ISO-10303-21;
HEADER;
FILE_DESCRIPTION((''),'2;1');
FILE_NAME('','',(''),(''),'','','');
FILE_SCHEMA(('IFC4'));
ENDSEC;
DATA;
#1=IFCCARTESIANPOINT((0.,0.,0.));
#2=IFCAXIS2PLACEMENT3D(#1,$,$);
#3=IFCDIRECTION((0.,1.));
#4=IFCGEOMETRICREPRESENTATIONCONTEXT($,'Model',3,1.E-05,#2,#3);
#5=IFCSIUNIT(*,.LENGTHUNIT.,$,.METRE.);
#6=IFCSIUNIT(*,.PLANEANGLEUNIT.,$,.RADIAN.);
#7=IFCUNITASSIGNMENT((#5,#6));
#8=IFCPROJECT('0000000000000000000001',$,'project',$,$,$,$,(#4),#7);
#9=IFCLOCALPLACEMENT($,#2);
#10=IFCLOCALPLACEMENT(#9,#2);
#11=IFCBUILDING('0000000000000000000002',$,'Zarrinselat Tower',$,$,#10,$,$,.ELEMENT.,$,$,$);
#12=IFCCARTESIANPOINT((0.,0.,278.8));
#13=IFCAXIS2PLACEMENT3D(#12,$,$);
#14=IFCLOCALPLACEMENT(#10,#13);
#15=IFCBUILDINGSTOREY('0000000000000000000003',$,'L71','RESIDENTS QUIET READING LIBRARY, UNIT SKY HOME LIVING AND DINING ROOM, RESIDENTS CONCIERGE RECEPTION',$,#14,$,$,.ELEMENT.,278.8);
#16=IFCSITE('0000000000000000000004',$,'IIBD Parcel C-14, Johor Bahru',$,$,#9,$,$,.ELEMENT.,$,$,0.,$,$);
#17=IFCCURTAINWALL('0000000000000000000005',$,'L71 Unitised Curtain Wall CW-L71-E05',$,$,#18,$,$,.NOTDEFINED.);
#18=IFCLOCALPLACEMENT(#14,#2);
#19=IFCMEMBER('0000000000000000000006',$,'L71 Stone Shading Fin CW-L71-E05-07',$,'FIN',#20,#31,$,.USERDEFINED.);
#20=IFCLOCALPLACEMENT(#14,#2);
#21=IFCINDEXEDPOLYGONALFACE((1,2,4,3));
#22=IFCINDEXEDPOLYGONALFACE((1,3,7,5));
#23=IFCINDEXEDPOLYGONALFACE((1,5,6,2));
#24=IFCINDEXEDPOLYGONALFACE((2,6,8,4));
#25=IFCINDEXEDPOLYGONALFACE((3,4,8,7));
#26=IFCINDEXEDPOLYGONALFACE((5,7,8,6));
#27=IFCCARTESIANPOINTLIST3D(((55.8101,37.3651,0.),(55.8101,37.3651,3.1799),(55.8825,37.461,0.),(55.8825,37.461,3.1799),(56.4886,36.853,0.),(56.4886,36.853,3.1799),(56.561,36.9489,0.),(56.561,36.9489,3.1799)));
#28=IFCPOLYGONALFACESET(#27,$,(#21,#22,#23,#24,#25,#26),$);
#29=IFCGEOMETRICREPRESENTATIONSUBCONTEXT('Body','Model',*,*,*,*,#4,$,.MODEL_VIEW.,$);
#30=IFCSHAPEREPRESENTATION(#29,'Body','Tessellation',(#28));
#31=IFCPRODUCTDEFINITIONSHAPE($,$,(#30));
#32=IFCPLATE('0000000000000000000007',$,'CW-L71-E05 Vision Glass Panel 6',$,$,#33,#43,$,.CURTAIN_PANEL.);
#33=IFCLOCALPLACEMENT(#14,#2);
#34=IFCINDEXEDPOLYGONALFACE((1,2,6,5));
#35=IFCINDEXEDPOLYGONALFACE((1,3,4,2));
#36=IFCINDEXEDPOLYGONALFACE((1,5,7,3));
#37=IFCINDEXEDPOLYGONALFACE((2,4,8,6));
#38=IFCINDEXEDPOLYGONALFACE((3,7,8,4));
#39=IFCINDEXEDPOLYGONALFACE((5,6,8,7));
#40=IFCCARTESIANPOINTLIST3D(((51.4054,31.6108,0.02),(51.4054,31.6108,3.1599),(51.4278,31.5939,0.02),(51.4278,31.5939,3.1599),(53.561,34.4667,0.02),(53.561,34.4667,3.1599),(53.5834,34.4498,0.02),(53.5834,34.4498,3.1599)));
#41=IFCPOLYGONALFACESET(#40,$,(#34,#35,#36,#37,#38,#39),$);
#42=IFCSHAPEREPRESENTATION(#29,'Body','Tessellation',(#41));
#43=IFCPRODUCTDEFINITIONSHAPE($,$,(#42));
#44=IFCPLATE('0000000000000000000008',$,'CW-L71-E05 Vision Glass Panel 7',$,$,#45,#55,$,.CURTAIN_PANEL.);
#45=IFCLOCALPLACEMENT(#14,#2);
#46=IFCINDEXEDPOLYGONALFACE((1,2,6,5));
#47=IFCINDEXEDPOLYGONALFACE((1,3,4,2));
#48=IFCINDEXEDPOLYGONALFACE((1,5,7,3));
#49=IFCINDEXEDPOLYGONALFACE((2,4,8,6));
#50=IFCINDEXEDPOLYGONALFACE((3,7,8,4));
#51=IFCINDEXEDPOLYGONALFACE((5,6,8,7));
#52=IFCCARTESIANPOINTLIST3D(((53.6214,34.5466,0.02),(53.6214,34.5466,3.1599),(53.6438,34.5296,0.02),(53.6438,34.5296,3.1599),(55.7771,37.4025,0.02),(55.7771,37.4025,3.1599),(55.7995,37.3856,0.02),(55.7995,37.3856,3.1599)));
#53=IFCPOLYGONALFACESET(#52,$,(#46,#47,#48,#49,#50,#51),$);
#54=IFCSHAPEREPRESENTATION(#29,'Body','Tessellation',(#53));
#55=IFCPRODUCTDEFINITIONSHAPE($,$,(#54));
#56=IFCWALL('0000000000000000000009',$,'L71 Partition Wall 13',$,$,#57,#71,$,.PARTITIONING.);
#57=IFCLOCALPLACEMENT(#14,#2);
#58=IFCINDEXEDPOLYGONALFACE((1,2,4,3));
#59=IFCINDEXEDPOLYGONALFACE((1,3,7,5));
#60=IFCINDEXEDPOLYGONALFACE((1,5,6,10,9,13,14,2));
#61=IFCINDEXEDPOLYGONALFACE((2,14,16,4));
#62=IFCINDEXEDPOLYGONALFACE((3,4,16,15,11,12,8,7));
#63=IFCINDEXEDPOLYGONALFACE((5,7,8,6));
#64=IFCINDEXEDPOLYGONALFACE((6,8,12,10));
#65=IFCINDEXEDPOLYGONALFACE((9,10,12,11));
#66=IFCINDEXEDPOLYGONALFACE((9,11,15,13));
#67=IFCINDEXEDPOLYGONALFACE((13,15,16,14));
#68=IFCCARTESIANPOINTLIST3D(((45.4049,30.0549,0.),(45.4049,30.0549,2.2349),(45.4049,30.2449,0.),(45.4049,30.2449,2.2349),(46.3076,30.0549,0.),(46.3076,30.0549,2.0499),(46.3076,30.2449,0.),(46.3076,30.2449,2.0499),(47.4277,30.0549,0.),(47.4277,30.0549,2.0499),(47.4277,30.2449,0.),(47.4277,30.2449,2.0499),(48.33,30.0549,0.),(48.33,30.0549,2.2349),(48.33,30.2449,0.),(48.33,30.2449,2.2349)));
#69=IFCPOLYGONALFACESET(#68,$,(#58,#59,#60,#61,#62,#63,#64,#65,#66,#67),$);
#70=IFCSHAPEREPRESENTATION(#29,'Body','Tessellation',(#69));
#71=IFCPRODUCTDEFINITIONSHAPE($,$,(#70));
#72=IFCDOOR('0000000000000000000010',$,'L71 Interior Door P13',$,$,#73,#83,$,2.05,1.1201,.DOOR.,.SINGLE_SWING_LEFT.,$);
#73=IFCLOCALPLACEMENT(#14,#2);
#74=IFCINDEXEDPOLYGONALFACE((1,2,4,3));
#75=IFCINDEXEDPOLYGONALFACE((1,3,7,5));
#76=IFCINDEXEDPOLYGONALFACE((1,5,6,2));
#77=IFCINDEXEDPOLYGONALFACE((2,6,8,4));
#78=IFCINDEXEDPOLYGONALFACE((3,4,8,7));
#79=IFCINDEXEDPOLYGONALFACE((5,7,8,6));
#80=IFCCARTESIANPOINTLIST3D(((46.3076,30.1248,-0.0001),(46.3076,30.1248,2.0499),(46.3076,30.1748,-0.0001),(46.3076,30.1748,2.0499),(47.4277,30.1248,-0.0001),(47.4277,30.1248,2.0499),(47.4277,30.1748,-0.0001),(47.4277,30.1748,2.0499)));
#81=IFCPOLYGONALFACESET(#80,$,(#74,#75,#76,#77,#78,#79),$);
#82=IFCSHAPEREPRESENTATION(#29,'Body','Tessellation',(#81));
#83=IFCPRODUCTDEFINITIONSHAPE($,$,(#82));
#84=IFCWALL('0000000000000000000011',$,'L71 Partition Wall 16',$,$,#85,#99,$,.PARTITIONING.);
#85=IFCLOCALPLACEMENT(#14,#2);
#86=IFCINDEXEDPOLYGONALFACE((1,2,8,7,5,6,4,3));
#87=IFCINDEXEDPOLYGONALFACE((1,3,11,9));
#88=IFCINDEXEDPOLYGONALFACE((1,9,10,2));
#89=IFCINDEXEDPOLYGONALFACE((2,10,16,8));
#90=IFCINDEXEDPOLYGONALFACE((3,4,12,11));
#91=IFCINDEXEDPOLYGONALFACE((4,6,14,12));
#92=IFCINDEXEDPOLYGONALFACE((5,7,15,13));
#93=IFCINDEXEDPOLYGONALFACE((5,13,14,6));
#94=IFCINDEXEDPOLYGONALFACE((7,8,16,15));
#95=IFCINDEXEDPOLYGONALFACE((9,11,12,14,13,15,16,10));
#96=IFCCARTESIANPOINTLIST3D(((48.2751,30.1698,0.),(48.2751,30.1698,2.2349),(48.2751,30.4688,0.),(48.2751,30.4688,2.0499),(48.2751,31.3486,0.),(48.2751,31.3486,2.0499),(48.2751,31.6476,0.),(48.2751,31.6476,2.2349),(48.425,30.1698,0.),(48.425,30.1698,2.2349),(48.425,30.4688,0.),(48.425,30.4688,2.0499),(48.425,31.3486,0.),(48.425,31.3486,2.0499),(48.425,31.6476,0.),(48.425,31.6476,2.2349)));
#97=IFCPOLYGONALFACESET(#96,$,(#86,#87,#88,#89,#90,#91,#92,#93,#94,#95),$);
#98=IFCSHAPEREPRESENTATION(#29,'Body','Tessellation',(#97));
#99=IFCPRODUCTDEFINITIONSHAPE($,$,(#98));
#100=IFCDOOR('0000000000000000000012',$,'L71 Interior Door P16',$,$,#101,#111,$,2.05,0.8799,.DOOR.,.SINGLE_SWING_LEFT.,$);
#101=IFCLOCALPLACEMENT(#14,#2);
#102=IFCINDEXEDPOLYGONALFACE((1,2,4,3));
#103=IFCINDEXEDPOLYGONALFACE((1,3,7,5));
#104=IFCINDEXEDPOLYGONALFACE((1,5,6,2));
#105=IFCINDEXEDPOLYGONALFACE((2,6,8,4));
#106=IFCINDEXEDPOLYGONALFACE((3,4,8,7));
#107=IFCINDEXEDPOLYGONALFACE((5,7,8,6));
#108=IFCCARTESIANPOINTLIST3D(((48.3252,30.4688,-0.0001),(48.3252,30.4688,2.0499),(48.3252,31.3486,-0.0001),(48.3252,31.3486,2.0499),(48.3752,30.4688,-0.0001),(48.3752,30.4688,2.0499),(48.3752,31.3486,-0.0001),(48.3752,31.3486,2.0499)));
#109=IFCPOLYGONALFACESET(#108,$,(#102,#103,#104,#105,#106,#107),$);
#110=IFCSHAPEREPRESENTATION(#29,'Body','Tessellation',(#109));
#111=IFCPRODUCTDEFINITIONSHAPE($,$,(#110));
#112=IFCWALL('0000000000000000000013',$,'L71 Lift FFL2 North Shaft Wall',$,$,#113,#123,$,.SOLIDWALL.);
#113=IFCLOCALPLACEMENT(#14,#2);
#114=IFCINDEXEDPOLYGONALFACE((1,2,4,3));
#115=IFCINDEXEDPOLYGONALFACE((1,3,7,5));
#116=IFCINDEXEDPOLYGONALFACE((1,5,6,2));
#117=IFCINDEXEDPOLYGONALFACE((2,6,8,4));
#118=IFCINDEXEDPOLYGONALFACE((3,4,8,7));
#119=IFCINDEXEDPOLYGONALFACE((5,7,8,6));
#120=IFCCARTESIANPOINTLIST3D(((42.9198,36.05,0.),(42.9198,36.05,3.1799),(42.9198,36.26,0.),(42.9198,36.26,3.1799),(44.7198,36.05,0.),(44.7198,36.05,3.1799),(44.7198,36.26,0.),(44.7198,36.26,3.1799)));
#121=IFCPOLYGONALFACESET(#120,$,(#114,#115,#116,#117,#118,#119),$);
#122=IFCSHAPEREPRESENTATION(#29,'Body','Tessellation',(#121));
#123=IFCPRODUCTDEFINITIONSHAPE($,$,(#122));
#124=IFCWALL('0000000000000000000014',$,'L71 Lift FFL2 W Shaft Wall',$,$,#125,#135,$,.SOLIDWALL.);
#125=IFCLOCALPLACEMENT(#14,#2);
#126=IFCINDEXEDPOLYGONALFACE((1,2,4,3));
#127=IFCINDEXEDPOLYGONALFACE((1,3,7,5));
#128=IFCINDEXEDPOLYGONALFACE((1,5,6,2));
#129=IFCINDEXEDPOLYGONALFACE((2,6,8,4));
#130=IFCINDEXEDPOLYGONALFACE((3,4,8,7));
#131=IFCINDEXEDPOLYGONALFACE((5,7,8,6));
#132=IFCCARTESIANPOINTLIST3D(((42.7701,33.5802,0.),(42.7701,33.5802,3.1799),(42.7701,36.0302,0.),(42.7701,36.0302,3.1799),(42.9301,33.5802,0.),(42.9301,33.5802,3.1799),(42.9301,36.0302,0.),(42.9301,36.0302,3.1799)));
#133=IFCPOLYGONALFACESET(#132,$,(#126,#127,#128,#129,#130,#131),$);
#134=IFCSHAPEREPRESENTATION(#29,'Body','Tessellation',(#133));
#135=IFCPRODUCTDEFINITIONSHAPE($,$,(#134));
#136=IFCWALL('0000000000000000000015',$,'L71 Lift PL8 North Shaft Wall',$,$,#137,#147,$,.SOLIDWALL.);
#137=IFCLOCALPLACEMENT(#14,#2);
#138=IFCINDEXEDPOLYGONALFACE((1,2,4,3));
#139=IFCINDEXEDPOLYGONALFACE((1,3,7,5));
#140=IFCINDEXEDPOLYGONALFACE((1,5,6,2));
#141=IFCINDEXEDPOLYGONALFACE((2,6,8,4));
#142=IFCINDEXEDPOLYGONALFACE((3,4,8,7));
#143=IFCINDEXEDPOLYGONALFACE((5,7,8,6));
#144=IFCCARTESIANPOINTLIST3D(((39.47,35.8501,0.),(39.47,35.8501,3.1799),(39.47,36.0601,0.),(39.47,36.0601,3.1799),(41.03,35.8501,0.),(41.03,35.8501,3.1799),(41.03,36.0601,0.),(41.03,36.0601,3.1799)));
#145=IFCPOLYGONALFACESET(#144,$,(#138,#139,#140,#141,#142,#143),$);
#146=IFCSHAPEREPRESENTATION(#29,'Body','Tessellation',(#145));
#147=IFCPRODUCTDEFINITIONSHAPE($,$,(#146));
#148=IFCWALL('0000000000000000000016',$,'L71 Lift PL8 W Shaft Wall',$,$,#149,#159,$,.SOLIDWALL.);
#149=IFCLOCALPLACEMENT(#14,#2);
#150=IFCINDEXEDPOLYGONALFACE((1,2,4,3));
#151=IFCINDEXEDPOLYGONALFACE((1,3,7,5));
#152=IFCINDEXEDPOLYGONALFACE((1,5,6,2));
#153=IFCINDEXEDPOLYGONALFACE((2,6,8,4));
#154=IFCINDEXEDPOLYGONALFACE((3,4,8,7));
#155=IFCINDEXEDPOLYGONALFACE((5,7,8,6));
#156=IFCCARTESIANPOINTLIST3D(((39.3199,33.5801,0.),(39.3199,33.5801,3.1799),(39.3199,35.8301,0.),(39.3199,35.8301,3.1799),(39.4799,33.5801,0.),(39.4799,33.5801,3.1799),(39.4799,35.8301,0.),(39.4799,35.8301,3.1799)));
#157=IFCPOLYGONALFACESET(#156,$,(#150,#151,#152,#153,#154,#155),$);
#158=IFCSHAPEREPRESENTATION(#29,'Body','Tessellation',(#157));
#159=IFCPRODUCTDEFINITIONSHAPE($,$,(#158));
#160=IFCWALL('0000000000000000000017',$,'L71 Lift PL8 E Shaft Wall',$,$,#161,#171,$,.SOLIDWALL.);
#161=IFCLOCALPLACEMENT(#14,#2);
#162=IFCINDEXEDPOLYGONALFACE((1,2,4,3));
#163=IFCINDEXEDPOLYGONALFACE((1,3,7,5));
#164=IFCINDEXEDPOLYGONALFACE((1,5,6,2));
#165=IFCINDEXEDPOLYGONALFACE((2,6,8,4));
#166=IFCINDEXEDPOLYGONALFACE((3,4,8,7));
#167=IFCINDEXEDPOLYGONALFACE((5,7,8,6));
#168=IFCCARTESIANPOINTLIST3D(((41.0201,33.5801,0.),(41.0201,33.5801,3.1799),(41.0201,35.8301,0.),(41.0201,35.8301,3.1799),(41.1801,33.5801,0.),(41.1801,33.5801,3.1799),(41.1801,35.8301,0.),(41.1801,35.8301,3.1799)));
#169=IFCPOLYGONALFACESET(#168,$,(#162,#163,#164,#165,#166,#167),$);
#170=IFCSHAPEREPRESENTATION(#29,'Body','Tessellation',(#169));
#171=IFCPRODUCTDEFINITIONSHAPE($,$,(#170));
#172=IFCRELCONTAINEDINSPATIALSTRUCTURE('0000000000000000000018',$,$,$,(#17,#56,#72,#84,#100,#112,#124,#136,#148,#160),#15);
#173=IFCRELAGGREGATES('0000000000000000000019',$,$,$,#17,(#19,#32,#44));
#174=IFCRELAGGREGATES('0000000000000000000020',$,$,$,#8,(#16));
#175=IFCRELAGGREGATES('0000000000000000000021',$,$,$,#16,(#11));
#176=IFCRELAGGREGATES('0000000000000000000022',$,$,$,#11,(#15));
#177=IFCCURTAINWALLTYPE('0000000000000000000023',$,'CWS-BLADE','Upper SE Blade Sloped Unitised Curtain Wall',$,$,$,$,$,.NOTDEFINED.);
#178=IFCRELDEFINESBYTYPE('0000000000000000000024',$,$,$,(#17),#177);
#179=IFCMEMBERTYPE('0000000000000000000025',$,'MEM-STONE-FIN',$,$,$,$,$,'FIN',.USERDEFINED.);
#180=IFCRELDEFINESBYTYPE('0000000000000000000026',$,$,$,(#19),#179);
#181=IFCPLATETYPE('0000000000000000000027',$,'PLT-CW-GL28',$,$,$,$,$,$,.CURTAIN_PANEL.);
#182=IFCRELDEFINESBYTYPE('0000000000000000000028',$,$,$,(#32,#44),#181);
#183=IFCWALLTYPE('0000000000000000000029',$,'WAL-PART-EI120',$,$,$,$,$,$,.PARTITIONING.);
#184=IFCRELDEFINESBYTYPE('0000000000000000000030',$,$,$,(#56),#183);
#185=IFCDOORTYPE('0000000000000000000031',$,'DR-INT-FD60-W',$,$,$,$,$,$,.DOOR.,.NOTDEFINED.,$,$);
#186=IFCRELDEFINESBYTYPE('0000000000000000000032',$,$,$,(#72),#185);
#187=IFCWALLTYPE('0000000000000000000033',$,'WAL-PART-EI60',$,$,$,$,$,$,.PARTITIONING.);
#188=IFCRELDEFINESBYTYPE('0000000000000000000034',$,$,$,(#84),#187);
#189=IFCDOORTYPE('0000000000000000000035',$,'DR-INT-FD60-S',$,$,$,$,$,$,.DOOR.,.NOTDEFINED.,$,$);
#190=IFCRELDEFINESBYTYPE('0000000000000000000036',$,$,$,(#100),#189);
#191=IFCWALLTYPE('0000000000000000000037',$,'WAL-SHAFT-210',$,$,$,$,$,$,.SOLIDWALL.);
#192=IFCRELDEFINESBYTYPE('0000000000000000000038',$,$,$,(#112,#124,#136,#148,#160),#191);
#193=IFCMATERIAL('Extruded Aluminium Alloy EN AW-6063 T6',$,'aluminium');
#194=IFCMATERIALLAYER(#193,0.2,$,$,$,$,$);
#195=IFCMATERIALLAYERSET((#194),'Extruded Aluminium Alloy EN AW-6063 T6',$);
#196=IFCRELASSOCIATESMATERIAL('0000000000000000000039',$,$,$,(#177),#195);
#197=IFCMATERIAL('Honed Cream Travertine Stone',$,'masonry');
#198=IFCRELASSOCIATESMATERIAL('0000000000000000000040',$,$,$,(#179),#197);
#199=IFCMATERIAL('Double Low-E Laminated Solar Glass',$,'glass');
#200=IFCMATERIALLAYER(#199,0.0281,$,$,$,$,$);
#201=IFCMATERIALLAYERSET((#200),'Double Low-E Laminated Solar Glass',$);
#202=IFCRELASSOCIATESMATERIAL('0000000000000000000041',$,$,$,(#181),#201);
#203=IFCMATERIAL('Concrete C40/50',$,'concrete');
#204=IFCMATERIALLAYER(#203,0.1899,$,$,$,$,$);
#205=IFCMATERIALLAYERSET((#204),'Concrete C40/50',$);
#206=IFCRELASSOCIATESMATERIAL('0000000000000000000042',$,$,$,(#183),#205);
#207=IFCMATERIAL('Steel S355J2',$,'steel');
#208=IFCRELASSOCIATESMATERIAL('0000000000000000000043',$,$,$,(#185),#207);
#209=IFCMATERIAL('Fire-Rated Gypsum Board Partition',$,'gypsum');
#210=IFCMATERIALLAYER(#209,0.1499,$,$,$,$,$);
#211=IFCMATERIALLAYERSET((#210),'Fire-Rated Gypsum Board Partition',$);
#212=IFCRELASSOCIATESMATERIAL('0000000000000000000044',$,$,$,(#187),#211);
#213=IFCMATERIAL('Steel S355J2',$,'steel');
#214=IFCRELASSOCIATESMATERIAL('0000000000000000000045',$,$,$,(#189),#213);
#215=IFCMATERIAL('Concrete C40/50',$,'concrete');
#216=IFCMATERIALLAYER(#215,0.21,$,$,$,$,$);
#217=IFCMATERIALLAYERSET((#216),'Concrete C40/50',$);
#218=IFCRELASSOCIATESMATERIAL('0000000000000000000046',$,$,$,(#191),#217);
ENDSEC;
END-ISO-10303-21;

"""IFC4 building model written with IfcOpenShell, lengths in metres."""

from ifc_helpers import new_model, si_unit, direction, frame, frame_2d, origin, origin_2d, place, context, subcontext, project, spatial, rectangle, extrude, material, layer, layer_set, material_profile, profile_set, type_object, element, fill, aggregate, save


model = new_model("IFC4")

# Units and contexts
model_context = context("Model", 3, precision=1e-05, world=origin(), true_north=direction((0.0, 1.0)))
body_context = subcontext(model_context, "Body", "Model", "MODEL_VIEW")
ifc_project = project(units=[si_unit("LENGTHUNIT", "METRE"), si_unit("PLANEANGLEUNIT", "RADIAN")], contexts=[model_context])

# Site, building, storey
site_placement = place(None, origin())
site = spatial("IfcSite", under=ifc_project, at=site_placement, Name="IIBD Parcel C-14, Johor Bahru", CompositionType="ELEMENT", RefElevation=0.0)
building_placement = place(site_placement, origin())
building = spatial("IfcBuilding", under=site, at=building_placement, Name="Zarrinselat Tower", CompositionType="ELEMENT")
storey_placement = place(building_placement, frame((0.0, 0.0, 278.8)))
storey = spatial("IfcBuildingStorey", under=building, at=storey_placement, Name="L71", Description="RESIDENTS QUIET READING LIBRARY, UNIT SKY HOME LIVING AND DINING ROOM, RESIDENTS CONCIERGE RECEPTION", CompositionType="ELEMENT", Elevation=278.8)

# Curtain wall, member, plates
ifc_material_1 = material(Name="Extruded Aluminium Alloy EN AW-6063 T6", Category="aluminium")
ifc_layer_1 = layer(ifc_material_1, 0.2)
ifc_layer_set_1 = layer_set([ifc_layer_1], Name="Extruded Aluminium Alloy EN AW-6063 T6")
curtain_wall_type = type_object("IfcCurtainWallType", Name="CWS-BLADE", Description="Upper SE Blade Sloped Unitised Curtain Wall", PredefinedType="NOTDEFINED", material=ifc_layer_set_1)
curtain_wall_placement = place(storey_placement, origin())
curtain_wall = element("IfcCurtainWall", 1, at=curtain_wall_placement, inside=storey, type_object=curtain_wall_type, Name="L71 Unitised Curtain Wall CW-L71-E05", PredefinedType="NOTDEFINED")
ifc_material_2 = material(Name="Honed Cream Travertine Stone", Category="masonry")
ifc_material_profile_1 = material_profile(ifc_material_2, rectangle(XDim=0.1201, YDim=0.8501, at=origin_2d()), Name="FIN 850x120")
ifc_profile_set_1 = profile_set([ifc_material_profile_1], Name="Honed Cream Travertine Stone")
member_type_1 = type_object("IfcMemberType", Name="MEM-STONE-FIN", ElementType="FIN", PredefinedType="USERDEFINED", material=ifc_profile_set_1)
member_1_placement = place(storey_placement, frame((56.1855, 37.157, 0.0), z_axis=(0.0, 0.0, 1.0), x_axis=(-0.602445, -0.79816, 0.0)))
member_1 = element("IfcMember", 2, at=member_1_placement, type_object=member_type_1, Name="L71 Stone Shading Fin CW-L71-E05-07", ObjectType="FIN", PredefinedType="USERDEFINED", context=body_context, shape_type="SweptSolid", body=[
    extrude(rectangle(XDim=0.1201, YDim=0.8501, at=origin_2d()), origin(), (0.0, 0.0, 1.0), 3.1799),
])
ifc_material_3 = material(Name="Double Low-E Laminated Solar Glass", Category="glass")
ifc_layer_2 = layer(ifc_material_3, 0.0281)
ifc_layer_set_2 = layer_set([ifc_layer_2], Name="Double Low-E Laminated Solar Glass")
plate_type = type_object("IfcPlateType", Name="PLT-CW-GL28", PredefinedType="CURTAIN_PANEL", material=ifc_layer_set_2)
plate_1_placement = place(storey_placement, frame((52.4944, 33.0303, 0.02), z_axis=(0.0, 0.0, 1.0), x_axis=(0.602445, 0.79816, 0.0)))
plate_1 = element("IfcPlate", 3, at=plate_1_placement, type_object=plate_type, Name="CW-L71-E05 Vision Glass Panel 6", PredefinedType="CURTAIN_PANEL", context=body_context, shape_type="SweptSolid", body=[
    extrude(rectangle(XDim=3.5781, YDim=0.0281, at=origin_2d()), origin(), (0.0, 0.0, 1.0), 3.1399),
])
plate_2_placement = place(storey_placement, frame((54.7104, 35.9661, 0.02), z_axis=(0.0, 0.0, 1.0), x_axis=(0.602445, 0.79816, 0.0)))
plate_2 = element("IfcPlate", 4, at=plate_2_placement, type_object=plate_type, Name="CW-L71-E05 Vision Glass Panel 7", PredefinedType="CURTAIN_PANEL", context=body_context, shape_type="SweptSolid", body=[
    extrude(rectangle(XDim=3.5781, YDim=0.0281, at=origin_2d()), origin(), (0.0, 0.0, 1.0), 3.1399),
])
aggregate(curtain_wall, [member_1, plate_1, plate_2])

# Walls, openings, doors
ifc_material_4 = material(Name="Concrete C40/50", Category="concrete")
ifc_layer_3 = layer(ifc_material_4, 0.1899)
ifc_layer_set_3 = layer_set([ifc_layer_3], Name="Concrete C40/50")
wall_type_1 = type_object("IfcWallType", Name="WAL-PART-EI120", PredefinedType="PARTITIONING", material=ifc_layer_set_3)
wall_1_placement = place(storey_placement, frame((45.405, 30.1499, 0.0), z_axis=(0.0, 0.0, 1.0), x_axis=(1.0, 0.0, 0.0)))
wall_1 = element("IfcWall", 5, at=wall_1_placement, inside=storey, type_object=wall_type_1, Name="L71 Partition Wall 13", PredefinedType="PARTITIONING", context=body_context, shape_type="SweptSolid", body=[
    extrude(rectangle(XDim=2.925, YDim=0.1899, at=frame_2d((1.4624, 0.0))), origin(), (0.0, 0.0, 1.0), 2.2349),
])
opening_1_placement = place(wall_1_placement, frame((0.9026, 0.0, 0.0)))
opening_1 = element("IfcOpeningElement", 6, at=opening_1_placement, cuts=wall_1, PredefinedType="OPENING", context=body_context, shape_type="SweptSolid", body=[
    extrude(rectangle(XDim=1.1201, YDim=2.05, at=frame_2d((0.5601, 1.0249))), frame((0.0, 0.105, 0.0), z_axis=(0.0, -1.0, 0.0), x_axis=(1.0, 0.0, 0.0)), (0.0, 0.0, 1.0), 0.21),
])
ifc_material_5 = material(Name="Steel S355J2", Category="steel")
door_type_1 = type_object("IfcDoorType", Name="DR-INT-FD60-W", OperationType="NOTDEFINED", PredefinedType="DOOR", material=ifc_material_5)
door_1_placement = place(opening_1_placement, origin())
door_1 = element("IfcDoor", 7, at=door_1_placement, inside=storey, type_object=door_type_1, Name="L71 Interior Door P13", OperationType="SINGLE_SWING_LEFT", OverallHeight=2.05, OverallWidth=1.1201, PredefinedType="DOOR", context=body_context, shape_type="SweptSolid", body=[
    extrude(rectangle(XDim=1.1201, YDim=2.05, at=frame_2d((0.5601, 1.0249))), frame((0.0, 0.0249, 0.0), z_axis=(0.0, -1.0, 0.0), x_axis=(1.0, 0.0, 0.0)), (0.0, 0.0, 1.0), 0.05),
])
fill(opening_1, door_1)
ifc_material_6 = material(Name="Fire-Rated Gypsum Board Partition", Category="gypsum")
ifc_layer_4 = layer(ifc_material_6, 0.1499)
ifc_layer_set_4 = layer_set([ifc_layer_4], Name="Fire-Rated Gypsum Board Partition")
wall_type_2 = type_object("IfcWallType", Name="WAL-PART-EI60", PredefinedType="PARTITIONING", material=ifc_layer_set_4)
wall_2_placement = place(storey_placement, frame((48.3501, 30.1699, 0.0), z_axis=(0.0, 0.0, 1.0), x_axis=(0.0, 1.0, 0.0)))
wall_2 = element("IfcWall", 8, at=wall_2_placement, inside=storey, type_object=wall_type_2, Name="L71 Partition Wall 16", PredefinedType="PARTITIONING", context=body_context, shape_type="SweptSolid", body=[
    extrude(rectangle(XDim=1.4778, YDim=0.1499, at=frame_2d((0.7388, 0.0))), origin(), (0.0, 0.0, 1.0), 2.2349),
])
opening_2_placement = place(wall_2_placement, frame((0.2988, 0.0, 0.0)))
opening_2 = element("IfcOpeningElement", 9, at=opening_2_placement, cuts=wall_2, PredefinedType="OPENING", context=body_context, shape_type="SweptSolid", body=[
    extrude(rectangle(XDim=0.8799, YDim=2.05, at=frame_2d((0.4399, 1.0249))), frame((0.0, 0.085, 0.0), z_axis=(0.0, -1.0, 0.0), x_axis=(1.0, 0.0, 0.0)), (0.0, 0.0, 1.0), 0.1699),
])
ifc_material_7 = material(Name="Steel S355J2", Category="steel")
door_type_2 = type_object("IfcDoorType", Name="DR-INT-FD60-S", OperationType="NOTDEFINED", PredefinedType="DOOR", material=ifc_material_7)
door_2_placement = place(opening_2_placement, origin())
door_2 = element("IfcDoor", 10, at=door_2_placement, inside=storey, type_object=door_type_2, Name="L71 Interior Door P16", OperationType="SINGLE_SWING_LEFT", OverallHeight=2.05, OverallWidth=0.8799, PredefinedType="DOOR", context=body_context, shape_type="SweptSolid", body=[
    extrude(rectangle(XDim=0.8799, YDim=2.05, at=frame_2d((0.4399, 1.0249))), frame((0.0, 0.0249, 0.0), z_axis=(0.0, -1.0, 0.0), x_axis=(1.0, 0.0, 0.0)), (0.0, 0.0, 1.0), 0.05),
])
fill(opening_2, door_2)

# Walls
ifc_material_8 = material(Name="Concrete C40/50", Category="concrete")
ifc_layer_5 = layer(ifc_material_8, 0.21)
ifc_layer_set_5 = layer_set([ifc_layer_5], Name="Concrete C40/50")
wall_type_3 = type_object("IfcWallType", Name="WAL-SHAFT-210", PredefinedType="SOLIDWALL", material=ifc_layer_set_5)
wall_3_placement = place(storey_placement, frame((42.9199, 36.155, 0.0), z_axis=(0.0, 0.0, 1.0), x_axis=(1.0, 0.0, 0.0)))
element("IfcWall", 11, at=wall_3_placement, inside=storey, type_object=wall_type_3, Name="L71 Lift FFL2 North Shaft Wall", PredefinedType="SOLIDWALL", context=body_context, shape_type="SweptSolid", body=[
    extrude(rectangle(XDim=1.8, YDim=0.21, at=frame_2d((0.8999, 0.0))), origin(), (0.0, 0.0, 1.0), 3.1799),
])
wall_4_placement = place(storey_placement, frame((42.8501, 33.5801, 0.0), z_axis=(0.0, 0.0, 1.0), x_axis=(0.0, 1.0, 0.0)))
element("IfcWall", 12, at=wall_4_placement, inside=storey, type_object=wall_type_3, Name="L71 Lift FFL2 W Shaft Wall", PredefinedType="SOLIDWALL", context=body_context, shape_type="SweptSolid", body=[
    extrude(rectangle(XDim=2.45, YDim=0.1599, at=frame_2d((1.2251, 0.0))), origin(), (0.0, 0.0, 1.0), 3.1799),
])
wall_5_placement = place(storey_placement, frame((39.47, 35.9551, 0.0), z_axis=(0.0, 0.0, 1.0), x_axis=(1.0, 0.0, 0.0)))
element("IfcWall", 13, at=wall_5_placement, inside=storey, type_object=wall_type_3, Name="L71 Lift PL8 North Shaft Wall", PredefinedType="SOLIDWALL", context=body_context, shape_type="SweptSolid", body=[
    extrude(rectangle(XDim=1.5601, YDim=0.21, at=frame_2d((0.78, 0.0))), origin(), (0.0, 0.0, 1.0), 3.1799),
])
for number, where, z_axis, x_axis, name in (
    (14, (39.3999, 33.5801, 0.0), (0.0, 0.0, 1.0), (0.0, 1.0, 0.0), "L71 Lift PL8 W Shaft Wall"),
    (15, (41.1001, 33.5801, 0.0), (0.0, 0.0, 1.0), (0.0, 1.0, 0.0), "L71 Lift PL8 E Shaft Wall"),
):
    element("IfcWall", number, at=place(storey_placement, frame(where, z_axis=z_axis, x_axis=x_axis)), inside=storey, type_object=wall_type_3, Name=name, PredefinedType="SOLIDWALL", context=body_context, shape_type="SweptSolid", body=[
        extrude(rectangle(XDim=2.25, YDim=0.1599, at=frame_2d((1.125, 0.0))), origin(), (0.0, 0.0, 1.0), 3.1799),
    ])

save(model, "model.ifc")
